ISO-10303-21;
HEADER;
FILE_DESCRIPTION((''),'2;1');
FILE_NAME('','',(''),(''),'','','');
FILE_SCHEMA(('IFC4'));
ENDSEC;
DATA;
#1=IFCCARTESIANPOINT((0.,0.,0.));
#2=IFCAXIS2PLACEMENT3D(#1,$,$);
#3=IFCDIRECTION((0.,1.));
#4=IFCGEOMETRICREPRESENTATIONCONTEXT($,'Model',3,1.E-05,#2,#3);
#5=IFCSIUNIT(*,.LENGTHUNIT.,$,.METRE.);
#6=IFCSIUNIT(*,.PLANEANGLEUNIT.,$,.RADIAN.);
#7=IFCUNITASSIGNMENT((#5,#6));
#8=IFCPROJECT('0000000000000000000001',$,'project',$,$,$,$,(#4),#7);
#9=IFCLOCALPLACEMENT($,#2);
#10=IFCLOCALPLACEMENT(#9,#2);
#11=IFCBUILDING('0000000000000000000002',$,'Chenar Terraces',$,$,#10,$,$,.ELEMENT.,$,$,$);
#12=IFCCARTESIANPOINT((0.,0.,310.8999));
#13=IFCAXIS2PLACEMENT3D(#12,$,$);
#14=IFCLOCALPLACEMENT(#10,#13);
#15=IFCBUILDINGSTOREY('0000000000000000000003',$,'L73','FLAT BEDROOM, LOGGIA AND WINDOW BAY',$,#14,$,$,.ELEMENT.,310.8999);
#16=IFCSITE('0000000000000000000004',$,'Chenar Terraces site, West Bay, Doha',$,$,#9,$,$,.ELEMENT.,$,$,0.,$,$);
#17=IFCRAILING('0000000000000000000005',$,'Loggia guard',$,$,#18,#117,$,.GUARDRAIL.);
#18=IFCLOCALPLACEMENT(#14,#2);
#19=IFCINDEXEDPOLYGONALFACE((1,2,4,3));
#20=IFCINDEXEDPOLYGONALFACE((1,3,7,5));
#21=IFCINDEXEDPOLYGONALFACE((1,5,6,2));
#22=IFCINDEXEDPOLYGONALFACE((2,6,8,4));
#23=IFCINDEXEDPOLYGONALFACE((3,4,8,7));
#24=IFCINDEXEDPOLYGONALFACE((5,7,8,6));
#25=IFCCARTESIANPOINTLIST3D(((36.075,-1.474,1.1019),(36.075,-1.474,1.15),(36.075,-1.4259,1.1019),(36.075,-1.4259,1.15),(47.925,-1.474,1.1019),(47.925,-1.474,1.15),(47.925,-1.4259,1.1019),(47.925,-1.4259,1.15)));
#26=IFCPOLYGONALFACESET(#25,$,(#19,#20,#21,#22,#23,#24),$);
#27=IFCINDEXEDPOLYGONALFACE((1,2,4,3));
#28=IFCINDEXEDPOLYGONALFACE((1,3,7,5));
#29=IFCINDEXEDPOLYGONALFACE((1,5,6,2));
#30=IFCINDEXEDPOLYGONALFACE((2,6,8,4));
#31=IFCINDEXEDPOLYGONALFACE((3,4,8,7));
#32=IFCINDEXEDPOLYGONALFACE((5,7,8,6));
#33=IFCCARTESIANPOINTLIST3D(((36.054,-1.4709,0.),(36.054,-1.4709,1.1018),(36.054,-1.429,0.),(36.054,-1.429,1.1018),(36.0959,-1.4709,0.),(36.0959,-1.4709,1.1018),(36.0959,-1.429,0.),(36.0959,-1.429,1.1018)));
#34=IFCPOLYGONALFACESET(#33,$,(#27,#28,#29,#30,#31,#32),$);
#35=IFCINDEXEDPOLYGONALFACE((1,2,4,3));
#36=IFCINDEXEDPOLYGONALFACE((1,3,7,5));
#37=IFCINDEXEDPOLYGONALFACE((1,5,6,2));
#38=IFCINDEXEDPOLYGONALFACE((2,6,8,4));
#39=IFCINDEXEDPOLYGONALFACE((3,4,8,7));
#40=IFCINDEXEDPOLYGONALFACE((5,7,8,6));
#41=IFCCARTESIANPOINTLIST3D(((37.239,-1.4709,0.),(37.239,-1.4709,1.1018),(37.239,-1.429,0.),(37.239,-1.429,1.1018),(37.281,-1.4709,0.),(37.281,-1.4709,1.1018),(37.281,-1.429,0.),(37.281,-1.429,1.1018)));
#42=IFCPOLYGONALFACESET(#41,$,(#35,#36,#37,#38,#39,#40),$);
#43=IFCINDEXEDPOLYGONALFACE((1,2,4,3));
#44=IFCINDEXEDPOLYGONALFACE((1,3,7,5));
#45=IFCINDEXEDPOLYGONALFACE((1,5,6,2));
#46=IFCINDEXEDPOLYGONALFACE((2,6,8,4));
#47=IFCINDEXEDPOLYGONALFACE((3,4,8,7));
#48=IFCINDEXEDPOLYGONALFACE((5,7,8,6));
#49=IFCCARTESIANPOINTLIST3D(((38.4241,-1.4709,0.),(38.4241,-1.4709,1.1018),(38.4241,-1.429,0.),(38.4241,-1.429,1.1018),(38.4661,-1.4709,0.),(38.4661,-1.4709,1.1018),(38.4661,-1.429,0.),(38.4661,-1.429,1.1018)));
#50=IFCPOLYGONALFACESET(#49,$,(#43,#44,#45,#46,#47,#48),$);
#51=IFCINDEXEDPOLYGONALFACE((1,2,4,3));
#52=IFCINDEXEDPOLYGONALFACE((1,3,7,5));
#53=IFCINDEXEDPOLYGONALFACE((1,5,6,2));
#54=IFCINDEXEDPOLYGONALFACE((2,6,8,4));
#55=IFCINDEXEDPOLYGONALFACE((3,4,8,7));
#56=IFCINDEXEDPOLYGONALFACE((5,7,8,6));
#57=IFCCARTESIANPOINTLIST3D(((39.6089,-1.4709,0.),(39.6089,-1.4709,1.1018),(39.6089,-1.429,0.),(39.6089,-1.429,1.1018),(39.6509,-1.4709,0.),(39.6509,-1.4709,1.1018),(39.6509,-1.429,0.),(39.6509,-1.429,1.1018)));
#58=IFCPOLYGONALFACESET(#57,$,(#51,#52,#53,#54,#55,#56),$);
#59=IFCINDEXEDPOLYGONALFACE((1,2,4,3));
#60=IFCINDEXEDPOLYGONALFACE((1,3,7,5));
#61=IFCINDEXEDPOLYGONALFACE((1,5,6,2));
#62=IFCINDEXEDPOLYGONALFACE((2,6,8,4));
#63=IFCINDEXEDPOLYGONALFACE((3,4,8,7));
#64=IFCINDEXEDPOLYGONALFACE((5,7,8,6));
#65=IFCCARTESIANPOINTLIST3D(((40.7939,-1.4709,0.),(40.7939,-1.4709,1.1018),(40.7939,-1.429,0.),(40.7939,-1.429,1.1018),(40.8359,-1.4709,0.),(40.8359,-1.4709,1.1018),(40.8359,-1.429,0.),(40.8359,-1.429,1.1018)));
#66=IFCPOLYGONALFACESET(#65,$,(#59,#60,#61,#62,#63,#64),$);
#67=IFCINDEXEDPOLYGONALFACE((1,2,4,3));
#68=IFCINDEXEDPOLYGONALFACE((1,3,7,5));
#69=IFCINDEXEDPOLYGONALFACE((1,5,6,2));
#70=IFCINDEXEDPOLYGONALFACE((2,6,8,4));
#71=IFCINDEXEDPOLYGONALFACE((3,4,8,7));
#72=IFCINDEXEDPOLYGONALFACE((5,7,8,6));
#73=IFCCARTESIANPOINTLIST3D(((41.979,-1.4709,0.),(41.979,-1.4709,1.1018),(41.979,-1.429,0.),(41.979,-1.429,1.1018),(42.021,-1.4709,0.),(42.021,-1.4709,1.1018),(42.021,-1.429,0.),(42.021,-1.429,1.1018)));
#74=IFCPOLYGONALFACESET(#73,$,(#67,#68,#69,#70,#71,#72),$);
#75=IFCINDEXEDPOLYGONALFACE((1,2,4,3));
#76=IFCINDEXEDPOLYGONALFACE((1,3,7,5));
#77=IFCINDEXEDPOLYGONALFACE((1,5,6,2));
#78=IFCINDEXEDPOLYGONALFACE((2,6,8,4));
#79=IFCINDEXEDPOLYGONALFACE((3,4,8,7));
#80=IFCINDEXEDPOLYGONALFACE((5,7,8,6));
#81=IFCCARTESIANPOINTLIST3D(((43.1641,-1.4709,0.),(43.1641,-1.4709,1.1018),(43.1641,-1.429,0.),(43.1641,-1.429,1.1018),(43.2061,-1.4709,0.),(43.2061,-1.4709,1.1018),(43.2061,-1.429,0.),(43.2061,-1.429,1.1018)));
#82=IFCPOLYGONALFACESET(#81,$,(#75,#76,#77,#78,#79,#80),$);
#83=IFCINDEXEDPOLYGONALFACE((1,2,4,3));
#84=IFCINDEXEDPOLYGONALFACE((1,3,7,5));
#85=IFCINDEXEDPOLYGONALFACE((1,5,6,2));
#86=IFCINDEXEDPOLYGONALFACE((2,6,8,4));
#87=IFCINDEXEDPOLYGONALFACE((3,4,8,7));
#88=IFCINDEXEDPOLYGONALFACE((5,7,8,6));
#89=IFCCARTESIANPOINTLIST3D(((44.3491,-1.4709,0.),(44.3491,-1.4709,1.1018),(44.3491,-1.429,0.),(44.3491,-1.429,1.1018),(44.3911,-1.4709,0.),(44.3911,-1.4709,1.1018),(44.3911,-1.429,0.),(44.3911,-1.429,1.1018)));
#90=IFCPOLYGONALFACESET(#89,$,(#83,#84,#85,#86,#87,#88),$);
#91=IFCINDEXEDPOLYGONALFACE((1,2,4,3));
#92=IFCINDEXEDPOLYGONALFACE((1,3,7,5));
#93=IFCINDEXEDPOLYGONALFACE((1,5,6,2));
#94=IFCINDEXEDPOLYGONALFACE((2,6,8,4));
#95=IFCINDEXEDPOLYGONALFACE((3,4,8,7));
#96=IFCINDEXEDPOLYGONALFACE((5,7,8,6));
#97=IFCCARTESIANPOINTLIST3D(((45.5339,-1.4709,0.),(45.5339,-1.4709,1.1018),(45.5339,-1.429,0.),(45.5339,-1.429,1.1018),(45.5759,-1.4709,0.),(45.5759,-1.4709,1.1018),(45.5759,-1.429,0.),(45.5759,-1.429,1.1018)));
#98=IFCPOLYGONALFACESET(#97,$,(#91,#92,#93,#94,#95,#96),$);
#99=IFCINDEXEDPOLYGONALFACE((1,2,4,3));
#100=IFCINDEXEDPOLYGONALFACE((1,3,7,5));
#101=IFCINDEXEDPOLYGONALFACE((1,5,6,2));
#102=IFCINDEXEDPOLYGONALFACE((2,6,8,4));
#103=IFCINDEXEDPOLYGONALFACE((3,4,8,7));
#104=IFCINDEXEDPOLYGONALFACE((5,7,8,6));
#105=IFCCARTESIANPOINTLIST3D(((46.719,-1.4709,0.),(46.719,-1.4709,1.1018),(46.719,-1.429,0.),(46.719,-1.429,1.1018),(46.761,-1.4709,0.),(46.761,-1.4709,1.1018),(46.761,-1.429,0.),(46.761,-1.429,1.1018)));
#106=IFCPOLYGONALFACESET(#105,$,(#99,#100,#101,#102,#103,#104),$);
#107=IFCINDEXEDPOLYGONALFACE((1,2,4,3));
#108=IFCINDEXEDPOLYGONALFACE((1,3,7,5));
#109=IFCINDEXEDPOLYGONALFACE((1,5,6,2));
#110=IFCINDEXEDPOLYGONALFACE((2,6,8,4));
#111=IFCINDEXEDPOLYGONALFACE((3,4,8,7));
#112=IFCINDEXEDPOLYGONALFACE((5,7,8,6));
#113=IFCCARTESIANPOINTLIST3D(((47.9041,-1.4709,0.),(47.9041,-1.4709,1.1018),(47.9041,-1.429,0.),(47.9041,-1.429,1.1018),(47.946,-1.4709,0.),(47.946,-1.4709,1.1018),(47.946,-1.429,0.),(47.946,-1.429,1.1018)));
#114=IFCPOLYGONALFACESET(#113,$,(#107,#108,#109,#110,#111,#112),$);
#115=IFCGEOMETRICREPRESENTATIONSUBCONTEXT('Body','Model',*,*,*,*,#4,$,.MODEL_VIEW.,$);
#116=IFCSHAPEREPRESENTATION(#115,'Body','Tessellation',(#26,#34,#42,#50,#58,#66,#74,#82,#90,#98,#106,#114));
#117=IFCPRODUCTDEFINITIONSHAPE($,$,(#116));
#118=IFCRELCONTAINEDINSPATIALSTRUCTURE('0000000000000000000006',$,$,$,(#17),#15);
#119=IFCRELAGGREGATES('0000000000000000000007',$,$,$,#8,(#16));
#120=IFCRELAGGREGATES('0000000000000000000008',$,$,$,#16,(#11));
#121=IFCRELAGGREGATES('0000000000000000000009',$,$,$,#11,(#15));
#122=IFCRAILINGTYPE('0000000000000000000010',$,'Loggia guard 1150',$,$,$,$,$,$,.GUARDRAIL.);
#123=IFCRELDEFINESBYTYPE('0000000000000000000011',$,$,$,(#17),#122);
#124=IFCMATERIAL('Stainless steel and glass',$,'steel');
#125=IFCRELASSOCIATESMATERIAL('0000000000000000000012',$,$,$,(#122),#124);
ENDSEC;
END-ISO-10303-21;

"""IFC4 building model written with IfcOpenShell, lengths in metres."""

from ifc_helpers import new_model, si_unit, direction, frame, origin, origin_2d, place, context, subcontext, project, spatial, rectangle, extrude, material, type_object, element, save


model = new_model("IFC4")

# Units and contexts
model_context = context("Model", 3, precision=1e-05, world=origin(), true_north=direction((0.0, 1.0)))
body_context = subcontext(model_context, "Body", "Model", "MODEL_VIEW")
ifc_project = project(units=[si_unit("LENGTHUNIT", "METRE"), si_unit("PLANEANGLEUNIT", "RADIAN")], contexts=[model_context])

# Site, building, storey
site_placement = place(None, origin())
site = spatial("IfcSite", under=ifc_project, at=site_placement, Name="Chenar Terraces site, West Bay, Doha", CompositionType="ELEMENT", RefElevation=0.0)
building_placement = place(site_placement, origin())
building = spatial("IfcBuilding", under=site, at=building_placement, Name="Chenar Terraces", CompositionType="ELEMENT")
storey_placement = place(building_placement, frame((0.0, 0.0, 310.8999)))
storey = spatial("IfcBuildingStorey", under=building, at=storey_placement, Name="L73", Description="FLAT BEDROOM, LOGGIA AND WINDOW BAY", CompositionType="ELEMENT", Elevation=310.8999)

# Railing
ifc_material_1 = material(Name="Stainless steel and glass", Category="steel")
railing_type_1 = type_object("IfcRailingType", Name="Loggia guard 1150", PredefinedType="GUARDRAIL", material=ifc_material_1)
railing_1_placement = place(storey_placement, frame((36.075, -1.45, 0.0)))
element("IfcRailing", 1, at=railing_1_placement, inside=storey, type_object=railing_type_1, Name="Loggia guard", PredefinedType="GUARDRAIL", context=body_context, shape_type="SweptSolid", body=[
    extrude(rectangle(XDim=0.0481, YDim=0.0481, at=origin_2d()), frame((0.0, 0.0, 1.126), z_axis=(1.0, 0.0, 0.0), x_axis=(0.0, 1.0, 0.0)), (0.0, 0.0, 1.0), 11.8501),
    extrude(rectangle(XDim=0.042, YDim=0.042, at=origin_2d()), origin(), (0.0, 0.0, 1.0), 1.1018),
    extrude(rectangle(XDim=0.042, YDim=0.042, at=origin_2d()), frame((1.1851, 0.0, 0.0)), (0.0, 0.0, 1.0), 1.1018),
    extrude(rectangle(XDim=0.042, YDim=0.042, at=origin_2d()), frame((2.3701, 0.0, 0.0)), (0.0, 0.0, 1.0), 1.1018),
    extrude(rectangle(XDim=0.042, YDim=0.042, at=origin_2d()), frame((3.5549, 0.0, 0.0)), (0.0, 0.0, 1.0), 1.1018),
    extrude(rectangle(XDim=0.042, YDim=0.042, at=origin_2d()), frame((4.74, 0.0, 0.0)), (0.0, 0.0, 1.0), 1.1018),
    extrude(rectangle(XDim=0.042, YDim=0.042, at=origin_2d()), frame((5.925, 0.0, 0.0)), (0.0, 0.0, 1.0), 1.1018),
    extrude(rectangle(XDim=0.042, YDim=0.042, at=origin_2d()), frame((7.1101, 0.0, 0.0)), (0.0, 0.0, 1.0), 1.1018),
    extrude(rectangle(XDim=0.042, YDim=0.042, at=origin_2d()), frame((8.2952, 0.0, 0.0)), (0.0, 0.0, 1.0), 1.1018),
    extrude(rectangle(XDim=0.042, YDim=0.042, at=origin_2d()), frame((9.48, 0.0, 0.0)), (0.0, 0.0, 1.0), 1.1018),
    extrude(rectangle(XDim=0.042, YDim=0.042, at=origin_2d()), frame((10.665, 0.0, 0.0)), (0.0, 0.0, 1.0), 1.1018),
    extrude(rectangle(XDim=0.042, YDim=0.042, at=origin_2d()), frame((11.8501, 0.0, 0.0)), (0.0, 0.0, 1.0), 1.1018),
])

save(model, "model.ifc")
